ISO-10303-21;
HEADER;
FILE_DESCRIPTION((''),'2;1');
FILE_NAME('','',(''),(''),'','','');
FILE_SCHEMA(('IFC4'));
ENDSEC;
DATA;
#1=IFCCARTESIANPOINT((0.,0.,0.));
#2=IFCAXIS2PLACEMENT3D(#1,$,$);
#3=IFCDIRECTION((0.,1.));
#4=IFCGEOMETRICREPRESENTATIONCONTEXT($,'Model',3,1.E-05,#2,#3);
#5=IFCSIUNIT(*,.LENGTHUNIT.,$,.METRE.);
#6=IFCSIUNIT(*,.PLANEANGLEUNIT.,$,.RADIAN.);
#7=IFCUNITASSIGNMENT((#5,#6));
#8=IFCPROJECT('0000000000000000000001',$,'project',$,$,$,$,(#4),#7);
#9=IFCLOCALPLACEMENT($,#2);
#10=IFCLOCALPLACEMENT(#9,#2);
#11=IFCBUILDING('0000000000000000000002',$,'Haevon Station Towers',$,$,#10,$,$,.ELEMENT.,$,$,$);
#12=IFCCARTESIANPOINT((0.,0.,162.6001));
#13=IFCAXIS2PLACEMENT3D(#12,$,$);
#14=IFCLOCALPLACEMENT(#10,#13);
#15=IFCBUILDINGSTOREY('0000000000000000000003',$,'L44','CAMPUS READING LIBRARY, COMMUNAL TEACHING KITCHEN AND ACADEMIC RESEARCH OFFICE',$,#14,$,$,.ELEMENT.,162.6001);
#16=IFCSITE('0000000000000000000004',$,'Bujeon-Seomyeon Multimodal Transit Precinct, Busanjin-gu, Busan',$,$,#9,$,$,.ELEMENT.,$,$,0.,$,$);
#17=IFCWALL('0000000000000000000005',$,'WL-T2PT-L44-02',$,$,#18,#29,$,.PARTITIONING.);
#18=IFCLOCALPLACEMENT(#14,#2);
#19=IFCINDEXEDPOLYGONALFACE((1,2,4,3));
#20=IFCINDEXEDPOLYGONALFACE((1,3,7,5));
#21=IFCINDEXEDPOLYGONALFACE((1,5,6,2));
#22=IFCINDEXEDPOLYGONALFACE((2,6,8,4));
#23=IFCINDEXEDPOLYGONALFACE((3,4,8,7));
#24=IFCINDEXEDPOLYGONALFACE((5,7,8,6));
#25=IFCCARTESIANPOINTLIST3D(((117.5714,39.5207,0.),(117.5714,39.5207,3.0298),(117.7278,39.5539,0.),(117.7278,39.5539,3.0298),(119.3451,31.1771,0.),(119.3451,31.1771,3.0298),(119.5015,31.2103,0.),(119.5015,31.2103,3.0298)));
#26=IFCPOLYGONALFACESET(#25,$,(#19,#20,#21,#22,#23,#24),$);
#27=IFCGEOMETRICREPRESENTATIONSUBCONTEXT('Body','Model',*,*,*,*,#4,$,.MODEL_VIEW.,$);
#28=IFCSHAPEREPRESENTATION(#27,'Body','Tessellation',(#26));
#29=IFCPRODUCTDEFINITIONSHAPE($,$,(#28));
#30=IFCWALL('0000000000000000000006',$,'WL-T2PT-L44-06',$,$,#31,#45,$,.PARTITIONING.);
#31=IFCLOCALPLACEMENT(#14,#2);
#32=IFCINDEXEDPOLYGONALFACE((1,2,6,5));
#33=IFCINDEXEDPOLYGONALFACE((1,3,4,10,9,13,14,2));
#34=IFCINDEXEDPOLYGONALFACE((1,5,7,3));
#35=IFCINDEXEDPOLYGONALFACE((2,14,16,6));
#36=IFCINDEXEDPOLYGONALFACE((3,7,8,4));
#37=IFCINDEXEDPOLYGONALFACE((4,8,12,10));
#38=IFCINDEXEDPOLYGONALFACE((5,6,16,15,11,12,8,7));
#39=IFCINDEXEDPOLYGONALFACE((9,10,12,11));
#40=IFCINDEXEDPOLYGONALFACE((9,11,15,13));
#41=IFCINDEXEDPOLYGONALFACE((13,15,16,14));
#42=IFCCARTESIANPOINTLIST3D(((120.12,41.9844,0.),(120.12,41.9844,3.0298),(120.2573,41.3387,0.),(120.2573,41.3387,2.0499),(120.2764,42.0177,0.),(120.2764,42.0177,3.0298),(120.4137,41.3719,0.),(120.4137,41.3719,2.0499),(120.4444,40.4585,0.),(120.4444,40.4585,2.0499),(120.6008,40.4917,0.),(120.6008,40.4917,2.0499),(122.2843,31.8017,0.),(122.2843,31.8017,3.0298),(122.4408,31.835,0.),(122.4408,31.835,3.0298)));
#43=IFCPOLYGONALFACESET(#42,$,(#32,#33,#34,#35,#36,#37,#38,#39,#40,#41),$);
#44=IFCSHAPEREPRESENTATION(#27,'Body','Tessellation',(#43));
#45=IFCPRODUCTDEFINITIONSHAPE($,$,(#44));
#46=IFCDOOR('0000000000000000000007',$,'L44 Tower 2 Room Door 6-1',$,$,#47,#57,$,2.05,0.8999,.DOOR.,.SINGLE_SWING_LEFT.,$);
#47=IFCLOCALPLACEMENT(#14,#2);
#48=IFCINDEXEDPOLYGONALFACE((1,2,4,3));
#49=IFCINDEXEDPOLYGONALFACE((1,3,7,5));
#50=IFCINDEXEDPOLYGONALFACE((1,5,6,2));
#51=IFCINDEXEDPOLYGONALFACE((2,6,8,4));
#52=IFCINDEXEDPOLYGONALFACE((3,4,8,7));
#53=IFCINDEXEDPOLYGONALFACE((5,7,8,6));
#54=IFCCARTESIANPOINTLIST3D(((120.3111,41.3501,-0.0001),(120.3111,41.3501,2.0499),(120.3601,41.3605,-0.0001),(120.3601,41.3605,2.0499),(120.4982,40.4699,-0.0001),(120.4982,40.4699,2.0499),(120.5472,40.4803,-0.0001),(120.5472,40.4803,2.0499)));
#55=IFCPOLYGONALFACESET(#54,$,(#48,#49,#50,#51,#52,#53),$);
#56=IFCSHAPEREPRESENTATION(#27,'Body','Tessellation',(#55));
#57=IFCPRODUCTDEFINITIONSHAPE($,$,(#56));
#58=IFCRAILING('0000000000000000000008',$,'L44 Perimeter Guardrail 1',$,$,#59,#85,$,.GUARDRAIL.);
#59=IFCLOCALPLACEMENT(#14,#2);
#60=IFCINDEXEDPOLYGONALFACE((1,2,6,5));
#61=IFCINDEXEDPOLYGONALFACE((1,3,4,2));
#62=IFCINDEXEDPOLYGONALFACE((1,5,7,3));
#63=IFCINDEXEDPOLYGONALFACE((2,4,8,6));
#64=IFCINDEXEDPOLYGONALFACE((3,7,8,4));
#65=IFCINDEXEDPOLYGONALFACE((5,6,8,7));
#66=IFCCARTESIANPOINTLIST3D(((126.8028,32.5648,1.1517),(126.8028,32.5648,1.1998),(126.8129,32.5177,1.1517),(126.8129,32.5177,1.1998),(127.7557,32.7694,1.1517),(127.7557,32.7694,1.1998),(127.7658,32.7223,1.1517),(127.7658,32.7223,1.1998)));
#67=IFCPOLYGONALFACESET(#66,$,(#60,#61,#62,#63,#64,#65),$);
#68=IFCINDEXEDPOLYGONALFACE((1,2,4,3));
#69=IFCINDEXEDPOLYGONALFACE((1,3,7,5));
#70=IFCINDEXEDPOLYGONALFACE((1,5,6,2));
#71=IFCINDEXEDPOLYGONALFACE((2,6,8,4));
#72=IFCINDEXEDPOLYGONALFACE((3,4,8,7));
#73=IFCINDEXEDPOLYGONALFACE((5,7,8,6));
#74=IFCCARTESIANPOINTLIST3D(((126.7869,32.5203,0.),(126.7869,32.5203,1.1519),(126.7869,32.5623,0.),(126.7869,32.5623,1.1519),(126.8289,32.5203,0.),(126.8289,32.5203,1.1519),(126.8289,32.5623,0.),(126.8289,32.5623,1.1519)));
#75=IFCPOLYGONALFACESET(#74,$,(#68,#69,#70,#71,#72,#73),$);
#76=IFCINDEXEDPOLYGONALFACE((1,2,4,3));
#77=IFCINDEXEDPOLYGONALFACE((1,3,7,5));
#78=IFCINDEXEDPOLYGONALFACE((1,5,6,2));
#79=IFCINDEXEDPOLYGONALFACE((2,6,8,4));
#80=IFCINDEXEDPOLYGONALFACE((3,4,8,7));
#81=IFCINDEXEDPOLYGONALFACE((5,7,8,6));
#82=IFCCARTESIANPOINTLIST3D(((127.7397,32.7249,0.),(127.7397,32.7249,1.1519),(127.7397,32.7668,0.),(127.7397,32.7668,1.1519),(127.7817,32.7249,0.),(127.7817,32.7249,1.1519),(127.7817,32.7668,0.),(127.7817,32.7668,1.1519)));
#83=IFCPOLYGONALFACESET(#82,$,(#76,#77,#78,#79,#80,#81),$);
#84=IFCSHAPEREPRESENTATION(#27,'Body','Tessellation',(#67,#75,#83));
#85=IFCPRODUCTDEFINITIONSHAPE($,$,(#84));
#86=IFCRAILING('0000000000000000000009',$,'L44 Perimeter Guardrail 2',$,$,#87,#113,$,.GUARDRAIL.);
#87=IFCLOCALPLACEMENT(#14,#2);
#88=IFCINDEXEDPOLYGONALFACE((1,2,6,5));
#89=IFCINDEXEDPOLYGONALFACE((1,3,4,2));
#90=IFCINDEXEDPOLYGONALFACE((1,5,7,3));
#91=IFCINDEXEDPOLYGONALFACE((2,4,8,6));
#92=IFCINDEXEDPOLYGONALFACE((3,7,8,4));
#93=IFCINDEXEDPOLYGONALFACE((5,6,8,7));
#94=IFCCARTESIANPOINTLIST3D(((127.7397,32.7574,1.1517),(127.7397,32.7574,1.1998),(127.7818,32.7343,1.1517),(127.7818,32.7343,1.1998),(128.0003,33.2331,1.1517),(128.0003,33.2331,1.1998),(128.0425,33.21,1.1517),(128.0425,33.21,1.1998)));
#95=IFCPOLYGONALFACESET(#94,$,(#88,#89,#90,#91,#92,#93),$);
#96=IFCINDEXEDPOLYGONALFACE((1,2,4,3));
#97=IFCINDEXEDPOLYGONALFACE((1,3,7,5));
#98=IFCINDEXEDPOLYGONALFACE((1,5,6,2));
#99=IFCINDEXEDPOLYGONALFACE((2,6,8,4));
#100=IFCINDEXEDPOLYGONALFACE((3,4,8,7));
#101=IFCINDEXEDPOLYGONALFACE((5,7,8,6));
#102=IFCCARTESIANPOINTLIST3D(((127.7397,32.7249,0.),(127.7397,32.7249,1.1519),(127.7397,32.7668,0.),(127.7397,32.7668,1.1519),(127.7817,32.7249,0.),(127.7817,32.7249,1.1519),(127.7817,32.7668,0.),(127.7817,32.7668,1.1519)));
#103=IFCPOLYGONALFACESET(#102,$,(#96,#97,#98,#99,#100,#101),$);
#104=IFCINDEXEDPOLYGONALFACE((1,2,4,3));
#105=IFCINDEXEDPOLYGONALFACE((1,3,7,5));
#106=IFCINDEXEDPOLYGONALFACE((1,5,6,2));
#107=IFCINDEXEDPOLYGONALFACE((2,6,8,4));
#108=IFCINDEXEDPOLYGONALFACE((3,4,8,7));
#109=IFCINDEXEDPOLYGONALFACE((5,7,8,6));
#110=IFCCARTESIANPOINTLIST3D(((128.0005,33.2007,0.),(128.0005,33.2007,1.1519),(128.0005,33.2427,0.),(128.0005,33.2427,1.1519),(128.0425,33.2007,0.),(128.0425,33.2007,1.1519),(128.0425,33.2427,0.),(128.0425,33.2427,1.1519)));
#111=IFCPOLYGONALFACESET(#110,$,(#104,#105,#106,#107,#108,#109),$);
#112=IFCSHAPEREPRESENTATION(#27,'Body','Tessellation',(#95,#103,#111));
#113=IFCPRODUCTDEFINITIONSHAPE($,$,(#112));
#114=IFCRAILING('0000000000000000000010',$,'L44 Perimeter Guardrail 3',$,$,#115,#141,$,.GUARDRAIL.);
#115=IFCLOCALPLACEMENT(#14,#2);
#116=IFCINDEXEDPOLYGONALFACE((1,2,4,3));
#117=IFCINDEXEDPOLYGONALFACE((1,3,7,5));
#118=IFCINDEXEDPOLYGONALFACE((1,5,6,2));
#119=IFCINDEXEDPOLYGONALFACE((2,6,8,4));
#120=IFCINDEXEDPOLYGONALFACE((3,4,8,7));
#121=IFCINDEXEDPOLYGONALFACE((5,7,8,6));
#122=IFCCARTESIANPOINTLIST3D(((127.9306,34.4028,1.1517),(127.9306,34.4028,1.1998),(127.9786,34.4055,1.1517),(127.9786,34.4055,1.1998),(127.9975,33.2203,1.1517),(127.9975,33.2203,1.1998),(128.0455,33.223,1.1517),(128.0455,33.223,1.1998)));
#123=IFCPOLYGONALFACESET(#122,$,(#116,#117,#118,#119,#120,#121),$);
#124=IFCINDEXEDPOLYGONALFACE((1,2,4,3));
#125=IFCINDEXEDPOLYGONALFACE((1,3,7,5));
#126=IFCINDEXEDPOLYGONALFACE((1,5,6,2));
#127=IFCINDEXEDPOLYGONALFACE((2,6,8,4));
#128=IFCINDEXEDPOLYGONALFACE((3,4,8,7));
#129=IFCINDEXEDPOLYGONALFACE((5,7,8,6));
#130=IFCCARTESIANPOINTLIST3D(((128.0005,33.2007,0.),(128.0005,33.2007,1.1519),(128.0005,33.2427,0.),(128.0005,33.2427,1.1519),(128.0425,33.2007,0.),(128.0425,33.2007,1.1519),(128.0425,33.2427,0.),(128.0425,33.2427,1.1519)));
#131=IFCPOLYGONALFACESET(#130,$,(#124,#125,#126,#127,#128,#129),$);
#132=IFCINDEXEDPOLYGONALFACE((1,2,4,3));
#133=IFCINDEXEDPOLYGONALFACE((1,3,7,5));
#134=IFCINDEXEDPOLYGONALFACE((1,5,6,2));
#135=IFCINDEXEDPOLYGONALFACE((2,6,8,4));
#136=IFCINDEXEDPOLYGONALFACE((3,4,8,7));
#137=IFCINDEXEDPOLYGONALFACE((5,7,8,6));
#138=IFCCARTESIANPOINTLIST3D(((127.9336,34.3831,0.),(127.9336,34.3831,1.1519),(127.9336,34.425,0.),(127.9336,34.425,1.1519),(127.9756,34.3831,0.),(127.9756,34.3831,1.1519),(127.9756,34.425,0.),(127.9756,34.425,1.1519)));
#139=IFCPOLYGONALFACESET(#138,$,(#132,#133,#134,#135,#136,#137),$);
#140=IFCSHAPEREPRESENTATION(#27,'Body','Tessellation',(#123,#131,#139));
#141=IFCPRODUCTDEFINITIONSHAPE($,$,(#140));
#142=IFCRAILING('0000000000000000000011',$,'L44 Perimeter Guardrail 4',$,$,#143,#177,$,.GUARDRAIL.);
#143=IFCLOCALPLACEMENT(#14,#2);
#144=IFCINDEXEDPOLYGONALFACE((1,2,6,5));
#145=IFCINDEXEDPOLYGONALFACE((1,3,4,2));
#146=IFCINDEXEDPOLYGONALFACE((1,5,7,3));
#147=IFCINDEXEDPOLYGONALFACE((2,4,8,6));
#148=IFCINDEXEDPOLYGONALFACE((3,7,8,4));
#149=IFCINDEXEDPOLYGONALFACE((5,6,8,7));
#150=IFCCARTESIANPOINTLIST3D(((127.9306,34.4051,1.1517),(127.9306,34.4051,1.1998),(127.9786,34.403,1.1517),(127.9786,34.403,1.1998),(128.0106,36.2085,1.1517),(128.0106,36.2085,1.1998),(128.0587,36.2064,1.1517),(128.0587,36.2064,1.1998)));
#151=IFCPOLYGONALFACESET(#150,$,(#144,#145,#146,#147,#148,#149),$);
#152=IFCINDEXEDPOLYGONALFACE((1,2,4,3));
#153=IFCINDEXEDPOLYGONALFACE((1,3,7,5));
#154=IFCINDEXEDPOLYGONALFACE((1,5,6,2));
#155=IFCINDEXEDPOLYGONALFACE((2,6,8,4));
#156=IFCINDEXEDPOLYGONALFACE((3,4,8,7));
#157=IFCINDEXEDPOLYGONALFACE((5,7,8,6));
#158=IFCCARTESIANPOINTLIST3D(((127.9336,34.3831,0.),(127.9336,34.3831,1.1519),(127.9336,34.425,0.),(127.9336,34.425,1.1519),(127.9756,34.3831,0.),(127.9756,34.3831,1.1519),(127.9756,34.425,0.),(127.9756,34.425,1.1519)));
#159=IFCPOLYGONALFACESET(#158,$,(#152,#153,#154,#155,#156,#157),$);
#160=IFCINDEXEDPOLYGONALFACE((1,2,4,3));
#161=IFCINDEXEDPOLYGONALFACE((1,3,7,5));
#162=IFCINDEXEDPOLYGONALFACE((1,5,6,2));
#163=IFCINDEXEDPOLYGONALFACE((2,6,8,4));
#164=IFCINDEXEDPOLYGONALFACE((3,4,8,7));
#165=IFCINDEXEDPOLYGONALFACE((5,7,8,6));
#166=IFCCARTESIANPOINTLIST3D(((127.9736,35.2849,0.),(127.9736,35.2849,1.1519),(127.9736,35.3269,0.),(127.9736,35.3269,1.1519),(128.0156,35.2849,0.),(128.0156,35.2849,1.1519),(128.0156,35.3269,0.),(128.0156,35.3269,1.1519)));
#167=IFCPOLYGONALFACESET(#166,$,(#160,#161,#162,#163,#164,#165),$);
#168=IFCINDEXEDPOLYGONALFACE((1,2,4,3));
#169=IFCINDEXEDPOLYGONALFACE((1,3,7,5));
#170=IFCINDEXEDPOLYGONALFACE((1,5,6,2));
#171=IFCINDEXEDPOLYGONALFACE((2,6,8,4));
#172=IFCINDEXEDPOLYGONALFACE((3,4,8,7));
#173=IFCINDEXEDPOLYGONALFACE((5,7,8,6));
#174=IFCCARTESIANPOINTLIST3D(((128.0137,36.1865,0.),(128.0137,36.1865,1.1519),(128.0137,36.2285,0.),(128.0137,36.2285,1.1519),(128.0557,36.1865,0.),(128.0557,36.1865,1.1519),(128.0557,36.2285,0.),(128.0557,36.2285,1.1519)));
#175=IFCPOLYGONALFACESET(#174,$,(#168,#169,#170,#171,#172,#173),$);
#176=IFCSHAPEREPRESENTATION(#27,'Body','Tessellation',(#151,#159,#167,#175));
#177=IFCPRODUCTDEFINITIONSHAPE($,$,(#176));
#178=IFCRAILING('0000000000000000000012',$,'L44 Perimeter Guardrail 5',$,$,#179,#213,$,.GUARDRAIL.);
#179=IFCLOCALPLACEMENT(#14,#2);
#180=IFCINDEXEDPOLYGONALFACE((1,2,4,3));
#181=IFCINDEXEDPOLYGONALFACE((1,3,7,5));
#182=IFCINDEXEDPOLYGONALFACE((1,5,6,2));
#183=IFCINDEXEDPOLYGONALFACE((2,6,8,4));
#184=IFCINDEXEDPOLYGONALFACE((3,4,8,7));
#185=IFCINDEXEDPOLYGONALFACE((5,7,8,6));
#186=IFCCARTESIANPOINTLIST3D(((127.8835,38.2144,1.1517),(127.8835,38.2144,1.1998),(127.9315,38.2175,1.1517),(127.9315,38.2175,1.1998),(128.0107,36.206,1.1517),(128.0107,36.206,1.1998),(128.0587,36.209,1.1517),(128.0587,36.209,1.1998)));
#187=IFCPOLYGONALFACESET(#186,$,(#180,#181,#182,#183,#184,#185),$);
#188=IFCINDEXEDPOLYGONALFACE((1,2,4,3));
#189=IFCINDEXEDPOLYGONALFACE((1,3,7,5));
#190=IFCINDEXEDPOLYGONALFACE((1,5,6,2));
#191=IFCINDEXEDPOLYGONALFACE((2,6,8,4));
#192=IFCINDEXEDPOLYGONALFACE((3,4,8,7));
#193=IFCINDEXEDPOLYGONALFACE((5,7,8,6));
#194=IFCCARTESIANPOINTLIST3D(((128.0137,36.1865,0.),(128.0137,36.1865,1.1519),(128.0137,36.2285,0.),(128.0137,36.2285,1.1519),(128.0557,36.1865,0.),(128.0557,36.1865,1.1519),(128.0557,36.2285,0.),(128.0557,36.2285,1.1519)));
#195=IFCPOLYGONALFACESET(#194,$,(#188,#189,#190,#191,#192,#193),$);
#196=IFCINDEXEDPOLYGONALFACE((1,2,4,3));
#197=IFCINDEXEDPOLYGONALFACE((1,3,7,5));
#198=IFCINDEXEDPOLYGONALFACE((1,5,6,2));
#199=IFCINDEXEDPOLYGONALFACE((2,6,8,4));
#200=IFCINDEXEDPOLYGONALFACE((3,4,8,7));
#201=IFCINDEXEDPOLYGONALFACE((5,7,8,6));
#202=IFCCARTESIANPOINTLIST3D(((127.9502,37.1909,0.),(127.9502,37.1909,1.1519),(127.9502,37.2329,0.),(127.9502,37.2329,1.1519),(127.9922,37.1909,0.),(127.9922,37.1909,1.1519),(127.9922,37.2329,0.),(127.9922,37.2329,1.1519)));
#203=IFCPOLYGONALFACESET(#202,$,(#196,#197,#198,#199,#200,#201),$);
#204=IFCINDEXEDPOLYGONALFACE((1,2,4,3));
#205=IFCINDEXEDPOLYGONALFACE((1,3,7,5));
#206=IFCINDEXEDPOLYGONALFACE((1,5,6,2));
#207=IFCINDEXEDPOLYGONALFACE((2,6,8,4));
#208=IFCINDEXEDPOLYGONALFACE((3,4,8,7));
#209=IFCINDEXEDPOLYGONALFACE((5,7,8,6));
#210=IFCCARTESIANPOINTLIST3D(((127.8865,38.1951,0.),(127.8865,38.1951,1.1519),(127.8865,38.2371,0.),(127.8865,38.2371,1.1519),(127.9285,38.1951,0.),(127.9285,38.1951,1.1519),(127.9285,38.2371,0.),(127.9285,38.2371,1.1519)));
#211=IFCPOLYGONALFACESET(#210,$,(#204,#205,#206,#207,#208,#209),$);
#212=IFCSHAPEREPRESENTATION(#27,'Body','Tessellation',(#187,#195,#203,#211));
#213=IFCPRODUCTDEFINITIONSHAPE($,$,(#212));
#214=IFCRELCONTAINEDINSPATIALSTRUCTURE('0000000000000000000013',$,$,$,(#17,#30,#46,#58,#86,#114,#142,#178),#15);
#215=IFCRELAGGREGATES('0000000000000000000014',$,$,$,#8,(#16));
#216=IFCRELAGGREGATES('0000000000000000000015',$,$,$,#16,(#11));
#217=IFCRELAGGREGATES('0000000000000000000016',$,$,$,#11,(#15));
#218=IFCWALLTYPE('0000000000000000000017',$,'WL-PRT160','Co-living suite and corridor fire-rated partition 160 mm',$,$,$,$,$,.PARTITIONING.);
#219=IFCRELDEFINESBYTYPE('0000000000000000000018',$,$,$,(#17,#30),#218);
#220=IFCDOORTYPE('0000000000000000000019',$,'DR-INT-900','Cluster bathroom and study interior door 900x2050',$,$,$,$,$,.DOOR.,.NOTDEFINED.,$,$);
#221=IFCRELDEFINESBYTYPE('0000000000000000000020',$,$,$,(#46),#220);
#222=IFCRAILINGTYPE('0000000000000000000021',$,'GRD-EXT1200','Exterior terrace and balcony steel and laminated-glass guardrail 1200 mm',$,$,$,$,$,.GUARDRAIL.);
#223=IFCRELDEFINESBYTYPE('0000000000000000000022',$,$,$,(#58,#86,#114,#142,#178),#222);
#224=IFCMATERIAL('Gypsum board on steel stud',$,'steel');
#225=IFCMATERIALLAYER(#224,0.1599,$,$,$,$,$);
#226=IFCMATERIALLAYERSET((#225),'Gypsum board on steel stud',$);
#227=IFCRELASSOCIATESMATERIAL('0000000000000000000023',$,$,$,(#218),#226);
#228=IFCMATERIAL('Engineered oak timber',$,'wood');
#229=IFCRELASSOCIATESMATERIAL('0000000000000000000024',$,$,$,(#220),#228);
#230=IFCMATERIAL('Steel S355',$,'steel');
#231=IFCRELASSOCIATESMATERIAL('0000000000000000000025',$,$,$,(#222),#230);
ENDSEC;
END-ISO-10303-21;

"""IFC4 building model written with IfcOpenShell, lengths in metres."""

from ifc_helpers import new_model, si_unit, direction, frame, frame_2d, origin, origin_2d, place, context, subcontext, project, spatial, rectangle, extrude, material, layer, layer_set, type_object, element, fill, save


model = new_model("IFC4")

# Units and contexts
model_context = context("Model", 3, precision=1e-05, world=origin(), true_north=direction((0.0, 1.0)))
body_context = subcontext(model_context, "Body", "Model", "MODEL_VIEW")
ifc_project = project(units=[si_unit("LENGTHUNIT", "METRE"), si_unit("PLANEANGLEUNIT", "RADIAN")], contexts=[model_context])

# Site, building, storey
site_placement = place(None, origin())
site = spatial("IfcSite", under=ifc_project, at=site_placement, Name="Bujeon-Seomyeon Multimodal Transit Precinct, Busanjin-gu, Busan", CompositionType="ELEMENT", RefElevation=0.0)
building_placement = place(site_placement, origin())
building = spatial("IfcBuilding", under=site, at=building_placement, Name="Haevon Station Towers", CompositionType="ELEMENT")
storey_placement = place(building_placement, frame((0.0, 0.0, 162.6001)))
storey = spatial("IfcBuildingStorey", under=building, at=storey_placement, Name="L44", Description="CAMPUS READING LIBRARY, COMMUNAL TEACHING KITCHEN AND ACADEMIC RESEARCH OFFICE", CompositionType="ELEMENT", Elevation=162.6001)

# Shared definitions
ifc_material_1 = material(Name="Steel S355", Category="steel")

# Wall
ifc_material_2 = material(Name="Gypsum board on steel stud", Category="steel")
ifc_layer_1 = layer(ifc_material_2, 0.1599)
ifc_layer_set_1 = layer_set([ifc_layer_1], Name="Gypsum board on steel stud")
wall_type_1 = type_object("IfcWallType", Name="WL-PRT160", Description="Co-living suite and corridor fire-rated partition 160 mm", PredefinedType="PARTITIONING", material=ifc_layer_set_1)
wall_1_placement = place(storey_placement, frame((119.4233, 31.1936, 0.0), z_axis=(0.0, 0.0, 1.0), x_axis=(-0.207936, 0.978142, 0.0)))
element("IfcWall", 1, at=wall_1_placement, inside=storey, type_object=wall_type_1, Name="WL-T2PT-L44-02", PredefinedType="PARTITIONING", context=body_context, shape_type="SweptSolid", body=[
    extrude(rectangle(XDim=8.53, YDim=0.1599, at=frame_2d((4.2651, 0.0))), origin(), (0.0, 0.0, 1.0), 3.0298),
])

# Wall, opening, door
wall_2_placement = place(storey_placement, frame((122.3625, 31.8184, 0.0), z_axis=(0.0, 0.0, 1.0), x_axis=(-0.207905, 0.978149, 0.0)))
wall_2 = element("IfcWall", 2, at=wall_2_placement, inside=storey, type_object=wall_type_1, Name="WL-T2PT-L44-06", PredefinedType="PARTITIONING", context=body_context, shape_type="SweptSolid", body=[
    extrude(rectangle(XDim=10.4102, YDim=0.1599, at=frame_2d((5.2051, 0.0))), origin(), (0.0, 0.0, 1.0), 3.0298),
])
opening_1_placement = place(wall_2_placement, frame((8.8501, 0.0, 0.0)))
opening_1 = element("IfcOpeningElement", 3, at=opening_1_placement, cuts=wall_2, PredefinedType="OPENING", context=body_context, shape_type="SweptSolid", body=[
    extrude(rectangle(XDim=0.8999, YDim=2.05, at=frame_2d((0.45, 1.0249))), frame((0.0, 0.0898, 0.0), z_axis=(0.0, -1.0, 0.0), x_axis=(1.0, 0.0, 0.0)), (0.0, 0.0, 1.0), 0.1799),
])
ifc_material_3 = material(Name="Engineered oak timber", Category="wood")
door_type = type_object("IfcDoorType", Name="DR-INT-900", Description="Cluster bathroom and study interior door 900x2050", OperationType="NOTDEFINED", PredefinedType="DOOR", material=ifc_material_3)
door_placement = place(opening_1_placement, origin())
door = element("IfcDoor", 4, at=door_placement, inside=storey, type_object=door_type, Name="L44 Tower 2 Room Door 6-1", OperationType="SINGLE_SWING_LEFT", OverallHeight=2.05, OverallWidth=0.8999, PredefinedType="DOOR", context=body_context, shape_type="SweptSolid", body=[
    extrude(rectangle(XDim=0.8999, YDim=2.05, at=frame_2d((0.45, 1.0249))), frame((0.0, 0.0249, 0.0), z_axis=(0.0, -1.0, 0.0), x_axis=(1.0, 0.0, 0.0)), (0.0, 0.0, 1.0), 0.05),
])
fill(opening_1, door)

# Railings
railing_type = type_object("IfcRailingType", Name="GRD-EXT1200", Description="Exterior terrace and balcony steel and laminated-glass guardrail 1200 mm", PredefinedType="GUARDRAIL", material=ifc_material_1)
railing_1_placement = place(storey_placement, frame((126.8079, 32.5413, 0.0)))
element("IfcRailing", 5, at=railing_1_placement, inside=storey, type_object=railing_type, Name="L44 Perimeter Guardrail 1", PredefinedType="GUARDRAIL", context=body_context, shape_type="SweptSolid", body=[
    extrude(rectangle(XDim=0.0481, YDim=0.0481, at=origin_2d()), frame((0.0, 0.0, 1.1758), z_axis=(0.977718, 0.209923, 0.0), x_axis=(-0.209923, 0.977718, 0.0)), (0.0, 0.0, 1.0), 0.9746),
    extrude(rectangle(XDim=0.042, YDim=0.042, at=origin_2d()), origin(), (0.0, 0.0, 1.0), 1.1519),
    extrude(rectangle(XDim=0.042, YDim=0.042, at=origin_2d()), frame((0.9529, 0.2046, 0.0)), (0.0, 0.0, 1.0), 1.1519),
])
railing_2_placement = place(storey_placement, frame((127.7607, 32.7458, 0.0)))
element("IfcRailing", 6, at=railing_2_placement, inside=storey, type_object=railing_type, Name="L44 Perimeter Guardrail 2", PredefinedType="GUARDRAIL", context=body_context, shape_type="SweptSolid", body=[
    extrude(rectangle(XDim=0.0481, YDim=0.0481, at=origin_2d()), frame((0.0, 0.0, 1.1758), z_axis=(0.480554, 0.876965, 0.0), x_axis=(-0.876965, 0.480554, 0.0)), (0.0, 0.0, 1.0), 0.5425),
    extrude(rectangle(XDim=0.042, YDim=0.042, at=origin_2d()), origin(), (0.0, 0.0, 1.0), 1.1519),
    extrude(rectangle(XDim=0.042, YDim=0.042, at=origin_2d()), frame((0.2607, 0.4758, 0.0)), (0.0, 0.0, 1.0), 1.1519),
])
railing_3_placement = place(storey_placement, frame((128.0215, 33.2217, 0.0)))
element("IfcRailing", 7, at=railing_3_placement, inside=storey, type_object=railing_type, Name="L44 Perimeter Guardrail 3", PredefinedType="GUARDRAIL", context=body_context, shape_type="SweptSolid", body=[
    extrude(rectangle(XDim=0.0481, YDim=0.0481, at=origin_2d()), frame((0.0, 0.0, 1.1758), z_axis=(-0.056486, 0.998403, 0.0), x_axis=(-0.998403, -0.056486, 0.0)), (0.0, 0.0, 1.0), 1.1843),
    extrude(rectangle(XDim=0.042, YDim=0.042, at=origin_2d()), origin(), (0.0, 0.0, 1.0), 1.1519),
    extrude(rectangle(XDim=0.042, YDim=0.042, at=origin_2d()), frame((-0.0669, 1.1824, 0.0)), (0.0, 0.0, 1.0), 1.1519),
])
railing_4_placement = place(storey_placement, frame((127.9546, 34.4041, 0.0)))
element("IfcRailing", 8, at=railing_4_placement, inside=storey, type_object=railing_type, Name="L44 Perimeter Guardrail 4", PredefinedType="GUARDRAIL", context=body_context, shape_type="SweptSolid", body=[
    extrude(rectangle(XDim=0.0481, YDim=0.0481, at=origin_2d()), frame((0.0, 0.0, 1.1758), z_axis=(0.044359, 0.999016, 0.0), x_axis=(-0.999016, 0.044359, 0.0)), (0.0, 0.0, 1.0), 1.8052),
    extrude(rectangle(XDim=0.042, YDim=0.042, at=origin_2d()), origin(), (0.0, 0.0, 1.0), 1.1519),
    extrude(rectangle(XDim=0.042, YDim=0.042, at=origin_2d()), frame((0.04, 0.9019, 0.0)), (0.0, 0.0, 1.0), 1.1519),
    extrude(rectangle(XDim=0.042, YDim=0.042, at=origin_2d()), frame((0.0801, 1.8035, 0.0)), (0.0, 0.0, 1.0), 1.1519),
])
railing_5_placement = place(storey_placement, frame((128.0347, 36.2075, 0.0)))
element("IfcRailing", 9, at=railing_5_placement, inside=storey, type_object=railing_type, Name="L44 Perimeter Guardrail 5", PredefinedType="GUARDRAIL", context=body_context, shape_type="SweptSolid", body=[
    extrude(rectangle(XDim=0.0481, YDim=0.0481, at=origin_2d()), frame((0.0, 0.0, 1.1758), z_axis=(-0.063201, 0.998001, 0.0), x_axis=(-0.998001, -0.063201, 0.0)), (0.0, 0.0, 1.0), 2.0125),
    extrude(rectangle(XDim=0.042, YDim=0.042, at=origin_2d()), origin(), (0.0, 0.0, 1.0), 1.1519),
    extrude(rectangle(XDim=0.042, YDim=0.042, at=origin_2d()), frame((-0.0635, 1.0044, 0.0)), (0.0, 0.0, 1.0), 1.1519),
    extrude(rectangle(XDim=0.042, YDim=0.042, at=origin_2d()), frame((-0.1272, 2.0085, 0.0)), (0.0, 0.0, 1.0), 1.1519),
])

save(model, "model.ifc")
